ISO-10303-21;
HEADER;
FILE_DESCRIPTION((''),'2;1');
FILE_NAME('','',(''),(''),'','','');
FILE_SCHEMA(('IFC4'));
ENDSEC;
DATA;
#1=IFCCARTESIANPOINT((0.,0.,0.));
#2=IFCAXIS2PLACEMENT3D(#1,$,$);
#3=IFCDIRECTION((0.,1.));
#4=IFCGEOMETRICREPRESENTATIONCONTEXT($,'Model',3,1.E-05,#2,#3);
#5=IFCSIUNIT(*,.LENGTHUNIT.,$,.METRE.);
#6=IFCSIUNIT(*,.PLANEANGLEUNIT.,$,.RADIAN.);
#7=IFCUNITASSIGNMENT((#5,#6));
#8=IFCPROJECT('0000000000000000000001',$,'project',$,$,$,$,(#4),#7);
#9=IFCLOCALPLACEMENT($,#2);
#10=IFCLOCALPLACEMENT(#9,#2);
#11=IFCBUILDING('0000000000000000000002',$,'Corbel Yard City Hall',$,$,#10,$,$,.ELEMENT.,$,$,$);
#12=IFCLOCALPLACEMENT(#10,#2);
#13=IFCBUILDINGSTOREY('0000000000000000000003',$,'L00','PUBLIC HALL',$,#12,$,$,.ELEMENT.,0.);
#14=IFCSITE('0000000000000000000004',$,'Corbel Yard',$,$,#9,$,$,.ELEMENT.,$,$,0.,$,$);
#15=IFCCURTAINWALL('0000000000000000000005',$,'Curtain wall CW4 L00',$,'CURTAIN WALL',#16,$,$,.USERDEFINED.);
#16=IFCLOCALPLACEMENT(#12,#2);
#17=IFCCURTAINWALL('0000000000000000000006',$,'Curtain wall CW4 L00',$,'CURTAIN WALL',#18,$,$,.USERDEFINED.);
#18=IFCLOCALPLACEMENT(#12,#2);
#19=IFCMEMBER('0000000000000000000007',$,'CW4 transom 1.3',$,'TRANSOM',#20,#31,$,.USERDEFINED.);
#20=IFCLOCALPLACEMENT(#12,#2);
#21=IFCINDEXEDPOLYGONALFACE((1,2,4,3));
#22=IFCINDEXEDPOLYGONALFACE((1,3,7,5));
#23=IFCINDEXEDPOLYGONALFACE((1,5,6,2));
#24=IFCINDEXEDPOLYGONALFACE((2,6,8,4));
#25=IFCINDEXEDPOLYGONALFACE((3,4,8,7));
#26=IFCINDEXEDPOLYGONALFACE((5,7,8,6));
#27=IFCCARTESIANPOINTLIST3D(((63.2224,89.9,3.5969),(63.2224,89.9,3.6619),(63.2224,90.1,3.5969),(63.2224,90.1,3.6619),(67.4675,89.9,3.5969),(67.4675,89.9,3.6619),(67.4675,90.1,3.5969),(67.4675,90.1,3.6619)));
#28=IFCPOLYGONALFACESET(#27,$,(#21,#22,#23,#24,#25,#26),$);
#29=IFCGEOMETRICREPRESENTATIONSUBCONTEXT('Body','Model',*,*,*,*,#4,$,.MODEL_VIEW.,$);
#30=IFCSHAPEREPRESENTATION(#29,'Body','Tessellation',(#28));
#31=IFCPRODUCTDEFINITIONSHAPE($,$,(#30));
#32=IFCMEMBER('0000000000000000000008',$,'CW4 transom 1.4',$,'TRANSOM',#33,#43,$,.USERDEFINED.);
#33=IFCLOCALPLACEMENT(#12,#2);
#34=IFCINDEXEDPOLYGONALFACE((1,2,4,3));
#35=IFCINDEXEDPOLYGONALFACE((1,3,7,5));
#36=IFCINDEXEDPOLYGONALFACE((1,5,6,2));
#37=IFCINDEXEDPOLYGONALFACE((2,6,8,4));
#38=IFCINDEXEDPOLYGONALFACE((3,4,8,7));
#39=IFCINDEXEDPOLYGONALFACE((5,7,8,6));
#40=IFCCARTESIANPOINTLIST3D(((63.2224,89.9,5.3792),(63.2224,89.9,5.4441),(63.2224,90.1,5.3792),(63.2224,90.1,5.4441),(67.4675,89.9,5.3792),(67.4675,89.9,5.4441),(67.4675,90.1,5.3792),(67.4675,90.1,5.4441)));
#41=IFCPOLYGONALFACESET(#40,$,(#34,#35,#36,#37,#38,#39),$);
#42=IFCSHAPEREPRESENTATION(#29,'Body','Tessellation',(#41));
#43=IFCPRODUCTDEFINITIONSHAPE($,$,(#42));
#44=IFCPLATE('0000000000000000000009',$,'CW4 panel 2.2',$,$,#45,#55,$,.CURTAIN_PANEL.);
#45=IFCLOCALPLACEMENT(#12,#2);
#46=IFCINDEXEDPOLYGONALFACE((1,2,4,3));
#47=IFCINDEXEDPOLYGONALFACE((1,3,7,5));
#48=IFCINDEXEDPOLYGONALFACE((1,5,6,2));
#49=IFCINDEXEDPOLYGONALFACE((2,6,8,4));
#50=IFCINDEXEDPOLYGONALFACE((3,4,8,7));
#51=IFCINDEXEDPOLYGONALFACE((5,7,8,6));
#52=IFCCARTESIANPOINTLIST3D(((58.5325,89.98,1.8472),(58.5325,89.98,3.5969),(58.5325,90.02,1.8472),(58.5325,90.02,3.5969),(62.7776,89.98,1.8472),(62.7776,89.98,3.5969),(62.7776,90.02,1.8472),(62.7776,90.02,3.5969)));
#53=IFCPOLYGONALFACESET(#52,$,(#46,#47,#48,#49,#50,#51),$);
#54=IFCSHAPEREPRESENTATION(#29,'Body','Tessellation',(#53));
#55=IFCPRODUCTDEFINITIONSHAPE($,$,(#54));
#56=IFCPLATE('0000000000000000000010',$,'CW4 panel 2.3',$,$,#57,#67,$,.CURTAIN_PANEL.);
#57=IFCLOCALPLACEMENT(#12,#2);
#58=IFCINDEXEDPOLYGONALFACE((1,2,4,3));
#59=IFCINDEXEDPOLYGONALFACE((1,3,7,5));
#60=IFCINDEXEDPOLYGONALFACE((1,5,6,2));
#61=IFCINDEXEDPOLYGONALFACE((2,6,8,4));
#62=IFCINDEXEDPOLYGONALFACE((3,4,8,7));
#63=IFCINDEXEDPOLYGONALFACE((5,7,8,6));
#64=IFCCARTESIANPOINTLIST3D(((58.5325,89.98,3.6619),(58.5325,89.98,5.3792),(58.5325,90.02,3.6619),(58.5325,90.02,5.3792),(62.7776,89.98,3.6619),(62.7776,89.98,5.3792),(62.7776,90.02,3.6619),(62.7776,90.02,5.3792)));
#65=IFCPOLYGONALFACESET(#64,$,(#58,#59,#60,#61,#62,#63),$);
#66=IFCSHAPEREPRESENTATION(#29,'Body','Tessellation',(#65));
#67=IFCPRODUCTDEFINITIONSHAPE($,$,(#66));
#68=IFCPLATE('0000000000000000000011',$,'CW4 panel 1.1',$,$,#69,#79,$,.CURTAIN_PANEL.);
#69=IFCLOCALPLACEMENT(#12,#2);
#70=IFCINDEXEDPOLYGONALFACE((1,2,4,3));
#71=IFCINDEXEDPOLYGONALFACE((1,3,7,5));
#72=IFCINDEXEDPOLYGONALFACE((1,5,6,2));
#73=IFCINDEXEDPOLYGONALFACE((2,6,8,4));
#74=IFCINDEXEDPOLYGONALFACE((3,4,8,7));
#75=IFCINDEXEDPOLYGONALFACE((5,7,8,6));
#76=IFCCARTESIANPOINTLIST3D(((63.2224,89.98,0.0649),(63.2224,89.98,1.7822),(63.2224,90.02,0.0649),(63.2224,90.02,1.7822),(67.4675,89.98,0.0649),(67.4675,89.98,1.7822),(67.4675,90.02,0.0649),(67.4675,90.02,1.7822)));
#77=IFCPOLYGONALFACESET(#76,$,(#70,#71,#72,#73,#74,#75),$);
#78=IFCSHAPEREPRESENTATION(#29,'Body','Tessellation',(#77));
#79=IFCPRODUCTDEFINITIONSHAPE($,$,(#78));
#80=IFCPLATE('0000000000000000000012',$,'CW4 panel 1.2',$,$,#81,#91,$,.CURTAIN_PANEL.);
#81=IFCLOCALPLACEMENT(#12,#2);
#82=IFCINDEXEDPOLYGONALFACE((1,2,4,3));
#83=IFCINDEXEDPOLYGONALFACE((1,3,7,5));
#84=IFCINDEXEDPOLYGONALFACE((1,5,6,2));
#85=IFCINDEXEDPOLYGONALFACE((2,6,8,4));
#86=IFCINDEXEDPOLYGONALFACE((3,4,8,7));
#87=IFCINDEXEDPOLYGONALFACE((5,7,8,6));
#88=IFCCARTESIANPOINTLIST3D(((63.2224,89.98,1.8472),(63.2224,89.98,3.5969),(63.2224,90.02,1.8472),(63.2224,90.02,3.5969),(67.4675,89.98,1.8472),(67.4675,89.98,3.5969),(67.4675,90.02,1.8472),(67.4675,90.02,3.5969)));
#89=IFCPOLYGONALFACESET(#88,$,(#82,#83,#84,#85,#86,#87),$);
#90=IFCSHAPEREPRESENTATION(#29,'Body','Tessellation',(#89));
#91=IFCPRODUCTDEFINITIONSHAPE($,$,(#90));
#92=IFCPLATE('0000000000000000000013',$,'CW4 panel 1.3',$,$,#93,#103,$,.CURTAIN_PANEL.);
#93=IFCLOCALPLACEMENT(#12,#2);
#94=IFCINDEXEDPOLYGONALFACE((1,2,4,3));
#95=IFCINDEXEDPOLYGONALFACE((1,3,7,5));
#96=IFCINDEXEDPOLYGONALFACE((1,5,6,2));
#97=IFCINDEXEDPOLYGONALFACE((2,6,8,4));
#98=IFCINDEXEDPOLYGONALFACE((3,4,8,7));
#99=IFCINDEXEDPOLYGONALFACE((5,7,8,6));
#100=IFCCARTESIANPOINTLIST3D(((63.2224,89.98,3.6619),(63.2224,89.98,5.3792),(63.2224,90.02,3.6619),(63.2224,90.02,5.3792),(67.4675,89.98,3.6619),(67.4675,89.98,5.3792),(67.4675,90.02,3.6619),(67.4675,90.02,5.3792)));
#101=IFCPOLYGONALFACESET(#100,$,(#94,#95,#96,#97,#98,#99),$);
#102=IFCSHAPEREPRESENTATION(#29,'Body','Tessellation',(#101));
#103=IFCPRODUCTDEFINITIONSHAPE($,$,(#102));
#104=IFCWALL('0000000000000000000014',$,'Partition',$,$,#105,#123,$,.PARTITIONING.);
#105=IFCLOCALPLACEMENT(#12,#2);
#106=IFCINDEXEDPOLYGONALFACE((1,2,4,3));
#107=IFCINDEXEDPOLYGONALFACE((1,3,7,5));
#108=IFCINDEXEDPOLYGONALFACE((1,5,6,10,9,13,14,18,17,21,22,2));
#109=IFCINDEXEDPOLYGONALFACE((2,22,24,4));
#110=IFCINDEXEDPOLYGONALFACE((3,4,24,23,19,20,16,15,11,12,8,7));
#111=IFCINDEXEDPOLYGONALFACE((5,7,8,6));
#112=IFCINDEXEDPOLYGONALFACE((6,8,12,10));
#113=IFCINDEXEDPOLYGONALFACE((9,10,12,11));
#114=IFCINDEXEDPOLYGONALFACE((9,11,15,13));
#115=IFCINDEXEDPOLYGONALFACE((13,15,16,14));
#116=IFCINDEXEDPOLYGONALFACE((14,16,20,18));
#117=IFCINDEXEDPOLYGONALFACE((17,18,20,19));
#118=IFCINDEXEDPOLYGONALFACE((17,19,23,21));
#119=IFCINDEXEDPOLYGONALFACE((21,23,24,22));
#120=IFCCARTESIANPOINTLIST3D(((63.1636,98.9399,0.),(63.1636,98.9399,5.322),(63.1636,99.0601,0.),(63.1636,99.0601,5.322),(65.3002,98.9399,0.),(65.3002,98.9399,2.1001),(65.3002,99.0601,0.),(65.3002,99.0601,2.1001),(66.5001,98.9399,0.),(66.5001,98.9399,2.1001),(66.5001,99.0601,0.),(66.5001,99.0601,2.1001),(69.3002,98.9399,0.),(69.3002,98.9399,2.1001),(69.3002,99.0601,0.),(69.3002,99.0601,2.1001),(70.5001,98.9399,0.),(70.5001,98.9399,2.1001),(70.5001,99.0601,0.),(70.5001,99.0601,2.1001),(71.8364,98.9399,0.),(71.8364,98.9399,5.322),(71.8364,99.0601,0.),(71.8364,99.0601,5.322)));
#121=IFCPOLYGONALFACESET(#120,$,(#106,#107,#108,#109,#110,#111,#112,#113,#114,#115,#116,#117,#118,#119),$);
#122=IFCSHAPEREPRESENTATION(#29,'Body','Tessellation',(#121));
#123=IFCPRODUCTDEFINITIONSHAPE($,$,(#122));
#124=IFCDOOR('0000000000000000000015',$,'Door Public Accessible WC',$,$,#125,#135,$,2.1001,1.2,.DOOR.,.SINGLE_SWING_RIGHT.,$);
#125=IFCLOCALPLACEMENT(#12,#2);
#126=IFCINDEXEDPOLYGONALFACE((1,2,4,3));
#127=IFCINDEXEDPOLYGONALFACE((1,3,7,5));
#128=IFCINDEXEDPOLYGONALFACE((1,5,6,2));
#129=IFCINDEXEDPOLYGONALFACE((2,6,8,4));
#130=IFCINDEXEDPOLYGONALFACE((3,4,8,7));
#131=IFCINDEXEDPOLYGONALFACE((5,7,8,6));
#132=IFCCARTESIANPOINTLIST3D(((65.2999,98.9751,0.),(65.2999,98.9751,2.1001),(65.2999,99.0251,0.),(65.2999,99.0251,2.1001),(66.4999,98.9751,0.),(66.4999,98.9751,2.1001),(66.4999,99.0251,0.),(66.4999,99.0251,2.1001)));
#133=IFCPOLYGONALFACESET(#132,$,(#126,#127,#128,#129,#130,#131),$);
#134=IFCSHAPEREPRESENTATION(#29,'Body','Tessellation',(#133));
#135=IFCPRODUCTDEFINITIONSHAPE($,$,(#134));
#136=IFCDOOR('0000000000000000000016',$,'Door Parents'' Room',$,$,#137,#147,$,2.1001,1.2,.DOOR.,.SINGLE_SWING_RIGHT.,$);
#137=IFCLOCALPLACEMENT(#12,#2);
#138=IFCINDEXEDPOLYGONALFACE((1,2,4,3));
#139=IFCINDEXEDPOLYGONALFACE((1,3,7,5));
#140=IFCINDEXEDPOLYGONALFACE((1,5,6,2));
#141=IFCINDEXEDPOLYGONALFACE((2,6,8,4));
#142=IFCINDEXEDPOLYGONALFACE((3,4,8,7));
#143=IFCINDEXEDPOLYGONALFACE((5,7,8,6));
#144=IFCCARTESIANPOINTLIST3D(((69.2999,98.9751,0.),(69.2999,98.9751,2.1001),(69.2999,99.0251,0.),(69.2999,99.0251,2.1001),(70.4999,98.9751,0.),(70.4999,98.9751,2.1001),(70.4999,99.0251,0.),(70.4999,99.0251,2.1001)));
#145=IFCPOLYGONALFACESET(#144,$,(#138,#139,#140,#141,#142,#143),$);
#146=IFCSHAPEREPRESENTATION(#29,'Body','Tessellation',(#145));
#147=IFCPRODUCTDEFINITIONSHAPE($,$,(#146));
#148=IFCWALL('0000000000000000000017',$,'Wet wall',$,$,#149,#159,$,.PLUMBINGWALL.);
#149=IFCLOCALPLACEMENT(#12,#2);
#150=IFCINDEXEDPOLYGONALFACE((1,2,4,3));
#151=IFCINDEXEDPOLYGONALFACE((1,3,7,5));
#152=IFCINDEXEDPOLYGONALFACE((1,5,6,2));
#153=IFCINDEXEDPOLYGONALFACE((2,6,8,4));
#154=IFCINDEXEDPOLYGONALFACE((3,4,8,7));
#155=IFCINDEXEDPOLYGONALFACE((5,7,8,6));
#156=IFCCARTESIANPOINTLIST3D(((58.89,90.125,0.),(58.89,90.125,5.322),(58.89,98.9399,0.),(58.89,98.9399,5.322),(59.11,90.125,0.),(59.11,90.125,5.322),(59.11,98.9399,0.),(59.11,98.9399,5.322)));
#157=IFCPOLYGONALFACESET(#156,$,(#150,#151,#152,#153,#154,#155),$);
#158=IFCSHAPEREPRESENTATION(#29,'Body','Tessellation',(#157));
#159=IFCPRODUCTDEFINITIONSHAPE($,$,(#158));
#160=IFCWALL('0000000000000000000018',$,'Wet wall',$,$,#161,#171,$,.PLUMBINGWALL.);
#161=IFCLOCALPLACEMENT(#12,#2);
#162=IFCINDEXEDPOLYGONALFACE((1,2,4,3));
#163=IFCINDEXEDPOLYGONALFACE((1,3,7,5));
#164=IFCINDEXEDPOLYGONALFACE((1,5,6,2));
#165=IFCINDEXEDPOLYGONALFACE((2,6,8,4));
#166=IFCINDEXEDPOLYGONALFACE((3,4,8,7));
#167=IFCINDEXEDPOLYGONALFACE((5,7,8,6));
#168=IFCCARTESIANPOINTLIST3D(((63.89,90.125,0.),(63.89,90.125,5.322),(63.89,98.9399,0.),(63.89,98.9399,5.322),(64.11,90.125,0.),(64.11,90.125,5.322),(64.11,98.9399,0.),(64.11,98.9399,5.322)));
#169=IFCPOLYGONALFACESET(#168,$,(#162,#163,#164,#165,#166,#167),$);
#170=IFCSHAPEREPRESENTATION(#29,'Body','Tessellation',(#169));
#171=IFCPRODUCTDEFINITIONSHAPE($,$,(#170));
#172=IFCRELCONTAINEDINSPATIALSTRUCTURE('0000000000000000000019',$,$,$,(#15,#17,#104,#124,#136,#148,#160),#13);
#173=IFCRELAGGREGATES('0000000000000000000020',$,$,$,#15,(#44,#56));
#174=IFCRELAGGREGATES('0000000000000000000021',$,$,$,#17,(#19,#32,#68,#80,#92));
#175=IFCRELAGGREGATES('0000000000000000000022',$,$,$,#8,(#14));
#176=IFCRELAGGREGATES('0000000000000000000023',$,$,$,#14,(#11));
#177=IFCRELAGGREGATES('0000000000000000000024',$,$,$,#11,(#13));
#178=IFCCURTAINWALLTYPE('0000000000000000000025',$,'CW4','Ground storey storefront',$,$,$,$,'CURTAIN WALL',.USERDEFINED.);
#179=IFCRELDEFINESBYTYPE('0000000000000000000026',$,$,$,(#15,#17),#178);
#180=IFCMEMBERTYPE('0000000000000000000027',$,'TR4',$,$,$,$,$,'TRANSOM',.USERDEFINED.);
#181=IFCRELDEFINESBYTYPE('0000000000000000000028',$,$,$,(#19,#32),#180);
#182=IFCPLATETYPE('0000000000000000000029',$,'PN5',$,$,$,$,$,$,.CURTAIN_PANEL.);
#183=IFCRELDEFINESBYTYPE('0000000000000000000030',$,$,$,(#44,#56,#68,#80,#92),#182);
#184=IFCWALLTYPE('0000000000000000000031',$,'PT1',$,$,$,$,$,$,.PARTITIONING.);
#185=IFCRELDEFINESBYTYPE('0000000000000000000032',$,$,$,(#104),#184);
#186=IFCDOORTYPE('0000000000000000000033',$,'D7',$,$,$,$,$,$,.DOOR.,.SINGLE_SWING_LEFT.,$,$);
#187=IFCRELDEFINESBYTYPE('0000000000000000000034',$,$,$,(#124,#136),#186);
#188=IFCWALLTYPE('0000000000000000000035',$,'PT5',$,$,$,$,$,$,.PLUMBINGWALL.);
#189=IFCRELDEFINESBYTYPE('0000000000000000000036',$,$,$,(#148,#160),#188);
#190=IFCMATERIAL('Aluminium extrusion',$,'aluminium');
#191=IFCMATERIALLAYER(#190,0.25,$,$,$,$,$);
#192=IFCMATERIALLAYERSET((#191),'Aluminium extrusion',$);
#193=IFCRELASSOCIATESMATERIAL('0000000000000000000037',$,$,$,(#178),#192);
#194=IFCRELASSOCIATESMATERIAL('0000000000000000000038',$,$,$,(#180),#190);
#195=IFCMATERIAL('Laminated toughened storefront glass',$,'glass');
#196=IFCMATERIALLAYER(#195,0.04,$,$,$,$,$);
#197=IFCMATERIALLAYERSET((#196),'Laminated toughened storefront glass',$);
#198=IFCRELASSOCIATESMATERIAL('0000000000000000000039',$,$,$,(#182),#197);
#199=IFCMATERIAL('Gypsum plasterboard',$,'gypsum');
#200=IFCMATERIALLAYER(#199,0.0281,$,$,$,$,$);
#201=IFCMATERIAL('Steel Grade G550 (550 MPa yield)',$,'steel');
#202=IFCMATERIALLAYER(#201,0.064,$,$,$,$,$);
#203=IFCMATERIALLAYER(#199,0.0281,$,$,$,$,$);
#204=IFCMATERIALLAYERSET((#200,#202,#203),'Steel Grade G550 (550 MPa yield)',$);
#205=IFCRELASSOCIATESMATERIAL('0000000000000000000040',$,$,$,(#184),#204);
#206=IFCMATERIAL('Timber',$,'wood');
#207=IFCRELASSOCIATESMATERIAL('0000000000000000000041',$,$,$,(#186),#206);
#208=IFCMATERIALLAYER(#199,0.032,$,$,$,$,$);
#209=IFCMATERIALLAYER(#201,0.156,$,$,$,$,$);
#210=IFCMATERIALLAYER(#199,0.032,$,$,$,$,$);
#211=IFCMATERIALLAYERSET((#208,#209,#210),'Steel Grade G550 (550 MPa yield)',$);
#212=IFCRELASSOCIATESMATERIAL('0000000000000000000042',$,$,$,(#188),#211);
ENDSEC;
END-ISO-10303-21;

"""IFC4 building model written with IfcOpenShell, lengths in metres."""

from ifc_helpers import new_model, si_unit, direction, frame, frame_2d, origin, origin_2d, place, context, subcontext, project, spatial, rectangle, extrude, material, layer, layer_set, material_profile, profile_set, type_object, element, fill, aggregate, save


model = new_model("IFC4")

# Units and contexts
model_context = context("Model", 3, precision=1e-05, world=origin(), true_north=direction((0.0, 1.0)))
body_context = subcontext(model_context, "Body", "Model", "MODEL_VIEW")
ifc_project = project(units=[si_unit("LENGTHUNIT", "METRE"), si_unit("PLANEANGLEUNIT", "RADIAN")], contexts=[model_context])

# Site, building, storey
site_placement = place(None, origin())
site = spatial("IfcSite", under=ifc_project, at=site_placement, Name="Corbel Yard", CompositionType="ELEMENT", RefElevation=0.0)
building_placement = place(site_placement, origin())
building = spatial("IfcBuilding", under=site, at=building_placement, Name="Corbel Yard City Hall", CompositionType="ELEMENT")
storey_placement = place(building_placement, origin())
storey = spatial("IfcBuildingStorey", under=building, at=storey_placement, Name="L00", Description="PUBLIC HALL", CompositionType="ELEMENT", Elevation=0.0)

# Curtain wall
ifc_material_1 = material(Name="Aluminium extrusion", Category="aluminium")
ifc_layer_1 = layer(ifc_material_1, 0.25)
ifc_layer_set_1 = layer_set([ifc_layer_1], Name="Aluminium extrusion")
curtain_wall_type = type_object("IfcCurtainWallType", Name="CW4", Description="Ground storey storefront", ElementType="CURTAIN WALL", PredefinedType="USERDEFINED", material=ifc_layer_set_1)
curtain_wall_1_placement = place(storey_placement, origin())
curtain_wall_1 = element("IfcCurtainWall", 1, at=curtain_wall_1_placement, inside=storey, type_object=curtain_wall_type, Name="Curtain wall CW4 L00", ObjectType="CURTAIN WALL", PredefinedType="USERDEFINED")

# Curtain wall, members
curtain_wall_2_placement = place(storey_placement, origin())
curtain_wall_2 = element("IfcCurtainWall", 2, at=curtain_wall_2_placement, inside=storey, type_object=curtain_wall_type, Name="Curtain wall CW4 L00", ObjectType="CURTAIN WALL", PredefinedType="USERDEFINED")
ifc_material_profile_1 = material_profile(ifc_material_1, rectangle(XDim=0.2, YDim=0.0649, at=origin_2d()), Name="200x65")
ifc_profile_set_1 = profile_set([ifc_material_profile_1], Name="Aluminium extrusion")
member_type_1 = type_object("IfcMemberType", Name="TR4", ElementType="TRANSOM", PredefinedType="USERDEFINED", material=ifc_profile_set_1)
member_1_placement = place(storey_placement, frame((63.2224, 90.0, 3.6294), z_axis=(1.0, 0.0, 0.0), x_axis=(0.0, 1.0, 0.0)))
member_1 = element("IfcMember", 3, at=member_1_placement, type_object=member_type_1, Name="CW4 transom 1.3", ObjectType="TRANSOM", PredefinedType="USERDEFINED", context=body_context, shape_type="SweptSolid", body=[
    extrude(rectangle(XDim=0.2, YDim=0.0649, at=origin_2d()), origin(), (0.0, 0.0, 1.0), 4.2451),
])
member_2_placement = place(storey_placement, frame((63.2224, 90.0, 5.4116), z_axis=(1.0, 0.0, 0.0), x_axis=(0.0, 1.0, 0.0)))
member_2 = element("IfcMember", 4, at=member_2_placement, type_object=member_type_1, Name="CW4 transom 1.4", ObjectType="TRANSOM", PredefinedType="USERDEFINED", context=body_context, shape_type="SweptSolid", body=[
    extrude(rectangle(XDim=0.2, YDim=0.0649, at=origin_2d()), origin(), (0.0, 0.0, 1.0), 4.2451),
])

# Plates
ifc_material_2 = material(Name="Laminated toughened storefront glass", Category="glass")
ifc_layer_2 = layer(ifc_material_2, 0.04)
ifc_layer_set_2 = layer_set([ifc_layer_2], Name="Laminated toughened storefront glass")
plate_type = type_object("IfcPlateType", Name="PN5", PredefinedType="CURTAIN_PANEL", material=ifc_layer_set_2)
plate_1_placement = place(storey_placement, frame((60.655, 90.0, 1.8472), z_axis=(0.0, 0.0, 1.0), x_axis=(1.0, 0.0, 0.0)))
plate_1 = element("IfcPlate", 5, at=plate_1_placement, type_object=plate_type, Name="CW4 panel 2.2", PredefinedType="CURTAIN_PANEL", context=body_context, shape_type="SweptSolid", body=[
    extrude(rectangle(XDim=4.2451, YDim=0.04, at=origin_2d()), origin(), (0.0, 0.0, 1.0), 1.7498),
])
plate_2_placement = place(storey_placement, frame((60.655, 90.0, 3.6619), z_axis=(0.0, 0.0, 1.0), x_axis=(1.0, 0.0, 0.0)))
plate_2 = element("IfcPlate", 6, at=plate_2_placement, type_object=plate_type, Name="CW4 panel 2.3", PredefinedType="CURTAIN_PANEL", context=body_context, shape_type="SweptSolid", body=[
    extrude(rectangle(XDim=4.2451, YDim=0.04, at=origin_2d()), origin(), (0.0, 0.0, 1.0), 1.7173),
])
aggregate(curtain_wall_1, [plate_1, plate_2])
plate_3_placement = place(storey_placement, frame((65.345, 90.0, 0.0649), z_axis=(0.0, 0.0, 1.0), x_axis=(1.0, 0.0, 0.0)))
plate_3 = element("IfcPlate", 7, at=plate_3_placement, type_object=plate_type, Name="CW4 panel 1.1", PredefinedType="CURTAIN_PANEL", context=body_context, shape_type="SweptSolid", body=[
    extrude(rectangle(XDim=4.2451, YDim=0.04, at=origin_2d()), origin(), (0.0, 0.0, 1.0), 1.7173),
])
plate_4_placement = place(storey_placement, frame((65.345, 90.0, 1.8472), z_axis=(0.0, 0.0, 1.0), x_axis=(1.0, 0.0, 0.0)))
plate_4 = element("IfcPlate", 8, at=plate_4_placement, type_object=plate_type, Name="CW4 panel 1.2", PredefinedType="CURTAIN_PANEL", context=body_context, shape_type="SweptSolid", body=[
    extrude(rectangle(XDim=4.2451, YDim=0.04, at=origin_2d()), origin(), (0.0, 0.0, 1.0), 1.7498),
])
plate_5_placement = place(storey_placement, frame((65.345, 90.0, 3.6619), z_axis=(0.0, 0.0, 1.0), x_axis=(1.0, 0.0, 0.0)))
plate_5 = element("IfcPlate", 9, at=plate_5_placement, type_object=plate_type, Name="CW4 panel 1.3", PredefinedType="CURTAIN_PANEL", context=body_context, shape_type="SweptSolid", body=[
    extrude(rectangle(XDim=4.2451, YDim=0.04, at=origin_2d()), origin(), (0.0, 0.0, 1.0), 1.7173),
])
aggregate(curtain_wall_2, [member_1, member_2, plate_3, plate_4, plate_5])

# Wall, openings, doors
ifc_material_3 = material(Name="Gypsum plasterboard", Category="gypsum")
ifc_layer_3 = layer(ifc_material_3, 0.0281)
ifc_material_4 = material(Name="Steel Grade G550 (550 MPa yield)", Category="steel")
ifc_layer_4 = layer(ifc_material_4, 0.064)
ifc_layer_5 = layer(ifc_material_3, 0.0281)
ifc_layer_set_3 = layer_set([ifc_layer_3, ifc_layer_4, ifc_layer_5], Name="Steel Grade G550 (550 MPa yield)")
wall_type_1 = type_object("IfcWallType", Name="PT1", PredefinedType="PARTITIONING", material=ifc_layer_set_3)
wall_placement = place(storey_placement, frame((63.1636, 99.0, 0.0), z_axis=(0.0, 0.0, 1.0), x_axis=(1.0, 0.0, 0.0)))
wall = element("IfcWall", 10, at=wall_placement, inside=storey, type_object=wall_type_1, Name="Partition", PredefinedType="PARTITIONING", context=body_context, shape_type="SweptSolid", body=[
    extrude(rectangle(XDim=8.6729, YDim=0.1201, at=frame_2d((4.3364, 0.0))), origin(), (0.0, 0.0, 1.0), 5.322),
])
opening_1_placement = place(wall_placement, frame((2.1365, 0.0, 0.0)))
opening_1 = element("IfcOpeningElement", 11, at=opening_1_placement, cuts=wall, PredefinedType="OPENING", context=body_context, shape_type="SweptSolid", body=[
    extrude(rectangle(XDim=1.2, YDim=2.1001, at=frame_2d((0.6001, 1.05))), frame((0.0, 0.0701, 0.0), z_axis=(0.0, -1.0, 0.0), x_axis=(1.0, 0.0, 0.0)), (0.0, 0.0, 1.0), 0.1401),
])
opening_2_placement = place(wall_placement, frame((6.1365, 0.0, 0.0)))
opening_2 = element("IfcOpeningElement", 12, at=opening_2_placement, cuts=wall, PredefinedType="OPENING", context=body_context, shape_type="SweptSolid", body=[
    extrude(rectangle(XDim=1.2, YDim=2.1001, at=frame_2d((0.6001, 1.05))), frame((0.0, 0.0701, 0.0), z_axis=(0.0, -1.0, 0.0), x_axis=(1.0, 0.0, 0.0)), (0.0, 0.0, 1.0), 0.1401),
])
ifc_material_5 = material(Name="Timber", Category="wood")
door_type = type_object("IfcDoorType", Name="D7", OperationType="SINGLE_SWING_LEFT", PredefinedType="DOOR", material=ifc_material_5)
door_1_placement = place(opening_1_placement, frame((1.2, 0.0, 0.0), z_axis=(0.0, 0.0, 1.0), x_axis=(-1.0, 0.0, 0.0)))
door_1 = element("IfcDoor", 13, at=door_1_placement, inside=storey, type_object=door_type, Name="Door Public Accessible WC", OperationType="SINGLE_SWING_RIGHT", OverallHeight=2.1001, OverallWidth=1.2, PredefinedType="DOOR", context=body_context, shape_type="SweptSolid", body=[
    extrude(rectangle(XDim=1.2, YDim=2.1001, at=frame_2d((0.6001, 1.05))), frame((0.0, 0.0249, 0.0), z_axis=(0.0, -1.0, 0.0), x_axis=(1.0, 0.0, 0.0)), (0.0, 0.0, 1.0), 0.05),
])
fill(opening_1, door_1)
door_2_placement = place(opening_2_placement, frame((1.2, 0.0, 0.0), z_axis=(0.0, 0.0, 1.0), x_axis=(-1.0, 0.0, 0.0)))
door_2 = element("IfcDoor", 14, at=door_2_placement, inside=storey, type_object=door_type, Name="Door Parents' Room", OperationType="SINGLE_SWING_RIGHT", OverallHeight=2.1001, OverallWidth=1.2, PredefinedType="DOOR", context=body_context, shape_type="SweptSolid", body=[
    extrude(rectangle(XDim=1.2, YDim=2.1001, at=frame_2d((0.6001, 1.05))), frame((0.0, 0.0249, 0.0), z_axis=(0.0, -1.0, 0.0), x_axis=(1.0, 0.0, 0.0)), (0.0, 0.0, 1.0), 0.05),
])
fill(opening_2, door_2)

# Walls
ifc_layer_6 = layer(ifc_material_3, 0.032)
ifc_layer_7 = layer(ifc_material_4, 0.156)
ifc_layer_8 = layer(ifc_material_3, 0.032)
ifc_layer_set_4 = layer_set([ifc_layer_6, ifc_layer_7, ifc_layer_8], Name="Steel Grade G550 (550 MPa yield)")
wall_type_2 = type_object("IfcWallType", Name="PT5", PredefinedType="PLUMBINGWALL", material=ifc_layer_set_4)
for number, where, z_axis, x_axis, name in (
    (15, (59.0, 90.125, 0.0), (0.0, 0.0, 1.0), (0.0, 1.0, 0.0), "Wet wall"),
    (16, (64.0, 90.125, 0.0), (0.0, 0.0, 1.0), (0.0, 1.0, 0.0), "Wet wall"),
):
    element("IfcWall", number, at=place(storey_placement, frame(where, z_axis=z_axis, x_axis=x_axis)), inside=storey, type_object=wall_type_2, Name=name, PredefinedType="PLUMBINGWALL", context=body_context, shape_type="SweptSolid", body=[
        extrude(rectangle(XDim=8.8149, YDim=0.22, at=frame_2d((4.4075, 0.0))), origin(), (0.0, 0.0, 1.0), 5.322),
    ])

save(model, "model.ifc")
